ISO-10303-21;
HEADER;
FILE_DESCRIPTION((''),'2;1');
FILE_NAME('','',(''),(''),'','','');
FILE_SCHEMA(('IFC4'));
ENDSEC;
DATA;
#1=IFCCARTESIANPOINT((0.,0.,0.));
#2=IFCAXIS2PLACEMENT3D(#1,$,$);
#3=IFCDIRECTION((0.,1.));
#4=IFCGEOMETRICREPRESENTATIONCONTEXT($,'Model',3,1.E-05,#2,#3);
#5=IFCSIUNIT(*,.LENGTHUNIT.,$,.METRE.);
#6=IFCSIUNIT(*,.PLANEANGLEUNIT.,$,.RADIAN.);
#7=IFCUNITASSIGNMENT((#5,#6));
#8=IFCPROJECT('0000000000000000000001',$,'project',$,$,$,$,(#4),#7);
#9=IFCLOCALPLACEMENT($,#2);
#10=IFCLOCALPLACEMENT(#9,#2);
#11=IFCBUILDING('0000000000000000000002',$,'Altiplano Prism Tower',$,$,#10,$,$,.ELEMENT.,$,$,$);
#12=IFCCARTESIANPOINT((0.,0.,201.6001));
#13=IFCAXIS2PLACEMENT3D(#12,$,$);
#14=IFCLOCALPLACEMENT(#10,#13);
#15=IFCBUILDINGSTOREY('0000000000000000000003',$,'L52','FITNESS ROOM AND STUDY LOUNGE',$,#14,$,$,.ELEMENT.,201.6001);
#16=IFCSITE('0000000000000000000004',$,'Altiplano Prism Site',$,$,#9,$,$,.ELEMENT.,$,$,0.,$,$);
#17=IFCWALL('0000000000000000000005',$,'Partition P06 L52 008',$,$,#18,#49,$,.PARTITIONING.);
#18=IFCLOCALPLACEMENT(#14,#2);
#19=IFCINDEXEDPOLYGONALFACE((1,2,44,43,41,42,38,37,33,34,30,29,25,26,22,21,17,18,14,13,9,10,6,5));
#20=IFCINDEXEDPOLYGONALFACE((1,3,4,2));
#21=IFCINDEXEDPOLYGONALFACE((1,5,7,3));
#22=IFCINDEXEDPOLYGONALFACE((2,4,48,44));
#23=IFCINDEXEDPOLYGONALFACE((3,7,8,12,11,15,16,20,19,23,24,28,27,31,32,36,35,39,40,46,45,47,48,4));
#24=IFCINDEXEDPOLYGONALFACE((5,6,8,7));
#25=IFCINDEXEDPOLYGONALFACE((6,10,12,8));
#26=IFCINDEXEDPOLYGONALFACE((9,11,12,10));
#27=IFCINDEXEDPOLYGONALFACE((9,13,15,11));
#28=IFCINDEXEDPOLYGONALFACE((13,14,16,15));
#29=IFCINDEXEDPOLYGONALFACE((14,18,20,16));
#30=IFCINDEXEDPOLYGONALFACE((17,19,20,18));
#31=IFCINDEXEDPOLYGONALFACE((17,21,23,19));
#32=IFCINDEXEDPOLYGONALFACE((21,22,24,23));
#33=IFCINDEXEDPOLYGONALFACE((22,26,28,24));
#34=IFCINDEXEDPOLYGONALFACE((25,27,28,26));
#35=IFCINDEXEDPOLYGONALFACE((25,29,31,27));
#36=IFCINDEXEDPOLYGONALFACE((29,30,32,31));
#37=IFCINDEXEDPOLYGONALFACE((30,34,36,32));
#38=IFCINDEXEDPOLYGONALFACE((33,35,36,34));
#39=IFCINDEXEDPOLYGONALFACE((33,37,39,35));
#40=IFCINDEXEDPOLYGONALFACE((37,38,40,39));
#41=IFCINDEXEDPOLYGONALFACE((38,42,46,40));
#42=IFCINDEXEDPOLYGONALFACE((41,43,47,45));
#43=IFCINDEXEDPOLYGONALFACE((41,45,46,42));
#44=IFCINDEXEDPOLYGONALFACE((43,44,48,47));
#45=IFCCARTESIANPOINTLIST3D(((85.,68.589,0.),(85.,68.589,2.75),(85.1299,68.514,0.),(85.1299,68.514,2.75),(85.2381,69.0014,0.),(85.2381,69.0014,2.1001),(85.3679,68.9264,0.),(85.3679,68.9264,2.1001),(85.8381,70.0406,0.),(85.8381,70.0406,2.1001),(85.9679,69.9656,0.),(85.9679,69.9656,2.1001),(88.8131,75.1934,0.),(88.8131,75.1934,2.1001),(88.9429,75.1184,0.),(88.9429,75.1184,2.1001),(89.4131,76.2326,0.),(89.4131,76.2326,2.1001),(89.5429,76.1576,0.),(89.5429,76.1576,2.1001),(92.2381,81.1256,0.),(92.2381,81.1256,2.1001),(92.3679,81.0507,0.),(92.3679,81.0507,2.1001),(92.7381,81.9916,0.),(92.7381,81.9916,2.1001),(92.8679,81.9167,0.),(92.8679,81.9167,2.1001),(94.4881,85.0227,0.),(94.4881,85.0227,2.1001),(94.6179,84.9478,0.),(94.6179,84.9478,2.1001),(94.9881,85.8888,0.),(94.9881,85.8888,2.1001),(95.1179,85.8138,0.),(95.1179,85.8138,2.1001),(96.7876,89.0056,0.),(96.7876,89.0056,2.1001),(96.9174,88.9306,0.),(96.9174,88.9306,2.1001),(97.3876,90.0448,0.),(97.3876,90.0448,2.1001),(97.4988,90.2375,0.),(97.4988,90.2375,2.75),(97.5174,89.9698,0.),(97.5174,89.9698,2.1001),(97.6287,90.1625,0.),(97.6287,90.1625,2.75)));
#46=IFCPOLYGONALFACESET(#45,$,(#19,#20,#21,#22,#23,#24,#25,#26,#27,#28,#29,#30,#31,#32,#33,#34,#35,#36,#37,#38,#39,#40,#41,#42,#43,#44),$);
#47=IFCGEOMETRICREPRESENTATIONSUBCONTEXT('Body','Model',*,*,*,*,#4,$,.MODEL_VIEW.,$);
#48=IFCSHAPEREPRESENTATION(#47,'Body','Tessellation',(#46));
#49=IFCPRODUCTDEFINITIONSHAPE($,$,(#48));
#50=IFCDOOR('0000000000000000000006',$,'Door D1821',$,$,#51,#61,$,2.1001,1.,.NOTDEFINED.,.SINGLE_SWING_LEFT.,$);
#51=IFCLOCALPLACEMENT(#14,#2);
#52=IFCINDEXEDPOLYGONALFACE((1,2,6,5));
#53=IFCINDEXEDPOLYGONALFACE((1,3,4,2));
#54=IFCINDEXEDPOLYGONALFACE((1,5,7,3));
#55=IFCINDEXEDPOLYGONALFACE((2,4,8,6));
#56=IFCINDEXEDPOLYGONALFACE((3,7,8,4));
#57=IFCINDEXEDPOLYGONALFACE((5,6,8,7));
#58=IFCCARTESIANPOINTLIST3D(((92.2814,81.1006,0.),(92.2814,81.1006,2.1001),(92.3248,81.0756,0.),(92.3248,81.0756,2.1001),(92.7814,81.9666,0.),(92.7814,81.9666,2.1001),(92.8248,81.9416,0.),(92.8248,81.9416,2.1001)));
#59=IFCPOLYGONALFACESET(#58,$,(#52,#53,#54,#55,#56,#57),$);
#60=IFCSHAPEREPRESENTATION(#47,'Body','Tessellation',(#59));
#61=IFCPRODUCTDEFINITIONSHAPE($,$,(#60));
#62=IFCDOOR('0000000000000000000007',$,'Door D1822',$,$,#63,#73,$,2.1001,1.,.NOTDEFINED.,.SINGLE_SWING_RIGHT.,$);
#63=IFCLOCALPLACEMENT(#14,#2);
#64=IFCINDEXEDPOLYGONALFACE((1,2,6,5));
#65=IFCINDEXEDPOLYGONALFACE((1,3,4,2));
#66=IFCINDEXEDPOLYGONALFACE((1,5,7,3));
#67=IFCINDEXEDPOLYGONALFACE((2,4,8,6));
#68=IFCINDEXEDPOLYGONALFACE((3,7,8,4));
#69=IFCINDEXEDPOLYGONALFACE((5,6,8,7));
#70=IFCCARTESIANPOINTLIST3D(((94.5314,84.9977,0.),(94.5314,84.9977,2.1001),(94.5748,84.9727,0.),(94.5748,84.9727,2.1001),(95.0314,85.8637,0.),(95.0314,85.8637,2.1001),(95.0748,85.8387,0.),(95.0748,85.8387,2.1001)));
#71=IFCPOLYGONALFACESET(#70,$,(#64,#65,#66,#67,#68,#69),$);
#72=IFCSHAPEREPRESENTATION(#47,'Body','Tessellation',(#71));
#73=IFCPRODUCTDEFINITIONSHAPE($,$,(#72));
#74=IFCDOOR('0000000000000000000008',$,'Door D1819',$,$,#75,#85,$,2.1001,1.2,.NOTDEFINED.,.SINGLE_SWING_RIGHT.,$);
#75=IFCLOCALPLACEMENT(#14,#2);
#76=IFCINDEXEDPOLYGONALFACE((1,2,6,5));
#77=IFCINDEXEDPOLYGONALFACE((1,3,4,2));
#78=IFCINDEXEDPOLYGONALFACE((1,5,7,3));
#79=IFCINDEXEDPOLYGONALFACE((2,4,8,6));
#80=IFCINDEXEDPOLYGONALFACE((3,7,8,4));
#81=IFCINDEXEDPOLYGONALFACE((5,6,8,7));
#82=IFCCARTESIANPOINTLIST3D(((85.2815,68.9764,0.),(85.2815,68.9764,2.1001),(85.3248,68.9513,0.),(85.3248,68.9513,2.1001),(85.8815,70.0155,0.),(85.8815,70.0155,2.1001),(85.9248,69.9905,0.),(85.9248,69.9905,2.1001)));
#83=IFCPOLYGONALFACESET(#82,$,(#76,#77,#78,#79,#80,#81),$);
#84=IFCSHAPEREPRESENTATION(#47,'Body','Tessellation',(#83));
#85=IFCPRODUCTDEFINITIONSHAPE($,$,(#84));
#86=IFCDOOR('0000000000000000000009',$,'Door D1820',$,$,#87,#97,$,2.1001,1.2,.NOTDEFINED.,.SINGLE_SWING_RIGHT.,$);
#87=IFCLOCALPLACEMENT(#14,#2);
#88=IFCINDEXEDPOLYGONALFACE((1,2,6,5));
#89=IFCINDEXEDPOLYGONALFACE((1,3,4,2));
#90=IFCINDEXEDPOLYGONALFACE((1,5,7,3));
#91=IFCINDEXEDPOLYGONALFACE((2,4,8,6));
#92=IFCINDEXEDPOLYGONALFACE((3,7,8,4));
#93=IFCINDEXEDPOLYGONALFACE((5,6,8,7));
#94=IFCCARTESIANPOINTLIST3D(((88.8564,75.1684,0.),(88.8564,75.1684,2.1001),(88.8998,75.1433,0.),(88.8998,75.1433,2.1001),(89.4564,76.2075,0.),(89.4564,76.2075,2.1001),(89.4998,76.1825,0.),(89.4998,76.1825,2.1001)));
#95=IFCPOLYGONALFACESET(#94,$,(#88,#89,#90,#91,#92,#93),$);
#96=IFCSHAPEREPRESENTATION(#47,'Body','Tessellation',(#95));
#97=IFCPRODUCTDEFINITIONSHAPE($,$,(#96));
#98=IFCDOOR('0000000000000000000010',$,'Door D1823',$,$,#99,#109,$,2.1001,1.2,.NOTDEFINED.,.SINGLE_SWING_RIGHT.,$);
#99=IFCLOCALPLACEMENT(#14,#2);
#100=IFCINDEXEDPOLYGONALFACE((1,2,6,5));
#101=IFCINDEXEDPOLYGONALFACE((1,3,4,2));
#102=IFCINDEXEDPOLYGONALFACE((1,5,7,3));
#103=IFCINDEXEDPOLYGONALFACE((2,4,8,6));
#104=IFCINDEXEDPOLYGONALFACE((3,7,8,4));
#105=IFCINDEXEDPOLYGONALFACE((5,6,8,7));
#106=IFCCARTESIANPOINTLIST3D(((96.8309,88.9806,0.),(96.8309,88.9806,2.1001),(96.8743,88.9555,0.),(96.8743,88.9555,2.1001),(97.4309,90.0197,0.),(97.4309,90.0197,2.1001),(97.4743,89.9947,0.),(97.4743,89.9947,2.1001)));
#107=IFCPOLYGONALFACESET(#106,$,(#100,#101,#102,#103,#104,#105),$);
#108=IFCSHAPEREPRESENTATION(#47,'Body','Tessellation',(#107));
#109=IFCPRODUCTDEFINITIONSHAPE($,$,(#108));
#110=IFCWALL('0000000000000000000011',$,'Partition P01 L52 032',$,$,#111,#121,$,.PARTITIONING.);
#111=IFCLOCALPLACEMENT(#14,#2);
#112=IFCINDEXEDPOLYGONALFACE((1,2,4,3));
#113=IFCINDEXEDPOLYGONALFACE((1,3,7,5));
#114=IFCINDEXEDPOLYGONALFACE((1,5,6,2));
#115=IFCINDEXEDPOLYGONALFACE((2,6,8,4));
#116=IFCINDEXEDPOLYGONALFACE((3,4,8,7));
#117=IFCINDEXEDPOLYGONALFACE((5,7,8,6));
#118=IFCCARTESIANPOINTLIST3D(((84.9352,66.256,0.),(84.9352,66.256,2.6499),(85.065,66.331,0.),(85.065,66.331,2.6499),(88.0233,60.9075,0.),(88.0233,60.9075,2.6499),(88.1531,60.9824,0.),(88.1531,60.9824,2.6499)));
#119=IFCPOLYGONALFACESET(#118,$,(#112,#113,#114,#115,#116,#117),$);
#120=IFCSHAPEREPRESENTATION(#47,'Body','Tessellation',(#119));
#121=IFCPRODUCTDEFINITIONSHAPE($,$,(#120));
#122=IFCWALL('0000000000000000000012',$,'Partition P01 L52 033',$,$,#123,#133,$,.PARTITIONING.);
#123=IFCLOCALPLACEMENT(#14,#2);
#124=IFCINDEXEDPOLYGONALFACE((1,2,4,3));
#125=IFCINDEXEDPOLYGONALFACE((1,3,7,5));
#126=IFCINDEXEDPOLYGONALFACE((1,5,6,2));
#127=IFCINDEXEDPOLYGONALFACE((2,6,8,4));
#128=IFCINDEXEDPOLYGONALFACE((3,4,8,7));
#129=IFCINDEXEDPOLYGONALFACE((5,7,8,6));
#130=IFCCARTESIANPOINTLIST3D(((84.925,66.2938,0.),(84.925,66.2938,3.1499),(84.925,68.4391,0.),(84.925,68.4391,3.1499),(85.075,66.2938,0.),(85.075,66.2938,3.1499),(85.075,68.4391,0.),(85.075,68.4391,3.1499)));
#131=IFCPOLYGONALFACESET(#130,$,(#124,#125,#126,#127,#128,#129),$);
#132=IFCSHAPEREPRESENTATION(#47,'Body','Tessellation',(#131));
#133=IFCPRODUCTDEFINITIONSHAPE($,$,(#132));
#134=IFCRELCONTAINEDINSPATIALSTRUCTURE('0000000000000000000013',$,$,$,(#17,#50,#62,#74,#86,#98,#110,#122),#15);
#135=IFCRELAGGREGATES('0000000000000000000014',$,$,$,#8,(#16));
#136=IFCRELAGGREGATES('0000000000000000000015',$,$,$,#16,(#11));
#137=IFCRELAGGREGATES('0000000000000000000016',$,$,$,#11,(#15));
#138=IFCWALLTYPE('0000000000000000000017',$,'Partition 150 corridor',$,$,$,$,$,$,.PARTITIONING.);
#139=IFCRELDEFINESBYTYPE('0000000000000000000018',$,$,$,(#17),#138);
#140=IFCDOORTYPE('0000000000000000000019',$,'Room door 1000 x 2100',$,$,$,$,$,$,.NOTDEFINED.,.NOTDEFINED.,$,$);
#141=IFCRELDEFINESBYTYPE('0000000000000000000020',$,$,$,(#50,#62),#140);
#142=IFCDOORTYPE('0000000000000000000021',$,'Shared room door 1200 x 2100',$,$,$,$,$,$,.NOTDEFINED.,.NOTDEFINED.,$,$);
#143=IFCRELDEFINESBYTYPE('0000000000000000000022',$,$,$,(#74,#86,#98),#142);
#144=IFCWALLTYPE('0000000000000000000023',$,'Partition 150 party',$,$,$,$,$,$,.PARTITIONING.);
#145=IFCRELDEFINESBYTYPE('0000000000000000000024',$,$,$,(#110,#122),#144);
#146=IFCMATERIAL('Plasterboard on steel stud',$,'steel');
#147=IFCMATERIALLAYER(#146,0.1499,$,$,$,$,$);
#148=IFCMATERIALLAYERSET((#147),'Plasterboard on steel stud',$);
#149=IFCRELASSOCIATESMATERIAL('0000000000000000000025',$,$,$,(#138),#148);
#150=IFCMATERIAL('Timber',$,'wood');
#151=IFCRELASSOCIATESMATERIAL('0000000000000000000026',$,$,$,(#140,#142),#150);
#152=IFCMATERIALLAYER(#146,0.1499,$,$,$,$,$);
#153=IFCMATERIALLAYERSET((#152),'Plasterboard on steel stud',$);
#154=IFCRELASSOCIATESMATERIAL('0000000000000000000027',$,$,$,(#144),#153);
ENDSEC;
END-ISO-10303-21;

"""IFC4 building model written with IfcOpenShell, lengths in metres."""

from ifc_helpers import new_model, si_unit, direction, frame, frame_2d, origin, place, context, subcontext, project, spatial, rectangle, extrude, material, layer, layer_set, type_object, element, fill, save


model = new_model("IFC4")

# Units and contexts
model_context = context("Model", 3, precision=1e-05, world=origin(), true_north=direction((0.0, 1.0)))
body_context = subcontext(model_context, "Body", "Model", "MODEL_VIEW")
ifc_project = project(units=[si_unit("LENGTHUNIT", "METRE"), si_unit("PLANEANGLEUNIT", "RADIAN")], contexts=[model_context])

# Site, building, storey
site_placement = place(None, origin())
site = spatial("IfcSite", under=ifc_project, at=site_placement, Name="Altiplano Prism Site", CompositionType="ELEMENT", RefElevation=0.0)
building_placement = place(site_placement, origin())
building = spatial("IfcBuilding", under=site, at=building_placement, Name="Altiplano Prism Tower", CompositionType="ELEMENT")
storey_placement = place(building_placement, frame((0.0, 0.0, 201.6001)))
storey = spatial("IfcBuildingStorey", under=building, at=storey_placement, Name="L52", Description="FITNESS ROOM AND STUDY LOUNGE", CompositionType="ELEMENT", Elevation=201.6001)

# Wall, openings, doors
ifc_material_1 = material(Name="Plasterboard on steel stud", Category="steel")
ifc_layer_1 = layer(ifc_material_1, 0.1499)
ifc_layer_set_1 = layer_set([ifc_layer_1], Name="Plasterboard on steel stud")
wall_type_1 = type_object("IfcWallType", Name="Partition 150 corridor", PredefinedType="PARTITIONING", material=ifc_layer_set_1)
wall_1_placement = place(storey_placement, frame((85.0649, 68.5515, 0.0), z_axis=(0.0, 0.0, 1.0), x_axis=(0.500001, 0.866025, 0.0)))
wall_1 = element("IfcWall", 1, at=wall_1_placement, inside=storey, type_object=wall_type_1, Name="Partition P06 L52 008", PredefinedType="PARTITIONING", context=body_context, shape_type="SweptSolid", body=[
    extrude(rectangle(XDim=24.9976, YDim=0.1499, at=frame_2d((12.4988, 0.0))), origin(), (0.0, 0.0, 1.0), 2.75),
])
opening_1_placement = place(wall_1_placement, frame((0.4761, 0.0, 0.0)))
opening_1 = element("IfcOpeningElement", 2, at=opening_1_placement, cuts=wall_1, PredefinedType="OPENING", context=body_context, shape_type="SweptSolid", body=[
    extrude(rectangle(XDim=1.2, YDim=2.1001, at=frame_2d((0.6001, 1.05))), frame((0.0, 0.0854, 0.0), z_axis=(0.0, -1.0, 0.0), x_axis=(1.0, 0.0, 0.0)), (0.0, 0.0, 1.0), 0.1709),
])
opening_2_placement = place(wall_1_placement, frame((7.626, 0.0, 0.0)))
opening_2 = element("IfcOpeningElement", 3, at=opening_2_placement, cuts=wall_1, PredefinedType="OPENING", context=body_context, shape_type="SweptSolid", body=[
    extrude(rectangle(XDim=1.2, YDim=2.1001, at=frame_2d((0.6001, 1.05))), frame((0.0, 0.0854, 0.0), z_axis=(0.0, -1.0, 0.0), x_axis=(1.0, 0.0, 0.0)), (0.0, 0.0, 1.0), 0.1709),
])
opening_3_placement = place(wall_1_placement, frame((14.4761, 0.0, 0.0)))
opening_3 = element("IfcOpeningElement", 4, at=opening_3_placement, cuts=wall_1, PredefinedType="OPENING", context=body_context, shape_type="SweptSolid", body=[
    extrude(rectangle(XDim=1.0, YDim=2.1001, at=frame_2d((0.5, 1.05))), frame((0.0, 0.0854, 0.0), z_axis=(0.0, -1.0, 0.0), x_axis=(1.0, 0.0, 0.0)), (0.0, 0.0, 1.0), 0.1709),
])
opening_4_placement = place(wall_1_placement, frame((18.9761, 0.0, 0.0)))
opening_4 = element("IfcOpeningElement", 5, at=opening_4_placement, cuts=wall_1, PredefinedType="OPENING", context=body_context, shape_type="SweptSolid", body=[
    extrude(rectangle(XDim=1.0, YDim=2.1001, at=frame_2d((0.5, 1.05))), frame((0.0, 0.0854, 0.0), z_axis=(0.0, -1.0, 0.0), x_axis=(1.0, 0.0, 0.0)), (0.0, 0.0, 1.0), 0.1709),
])
opening_5_placement = place(wall_1_placement, frame((23.575, 0.0, 0.0)))
opening_5 = element("IfcOpeningElement", 6, at=opening_5_placement, cuts=wall_1, PredefinedType="OPENING", context=body_context, shape_type="SweptSolid", body=[
    extrude(rectangle(XDim=1.2, YDim=2.1001, at=frame_2d((0.6001, 1.05))), frame((0.0, 0.0854, 0.0), z_axis=(0.0, -1.0, 0.0), x_axis=(1.0, 0.0, 0.0)), (0.0, 0.0, 1.0), 0.1709),
])
ifc_material_2 = material(Name="Timber", Category="wood")
door_type_1 = type_object("IfcDoorType", Name="Room door 1000 x 2100", OperationType="NOTDEFINED", PredefinedType="NOTDEFINED", material=ifc_material_2)
door_1_placement = place(opening_3_placement, origin())
door_1 = element("IfcDoor", 7, at=door_1_placement, inside=storey, type_object=door_type_1, Name="Door D1821", OperationType="SINGLE_SWING_LEFT", OverallHeight=2.1001, OverallWidth=1.0, PredefinedType="NOTDEFINED", context=body_context, shape_type="SweptSolid", body=[
    extrude(rectangle(XDim=1.0, YDim=2.1001, at=frame_2d((0.5, 1.05))), frame((0.0, 0.0249, 0.0), z_axis=(0.0, -1.0, 0.0), x_axis=(1.0, 0.0, 0.0)), (0.0, 0.0, 1.0), 0.05),
])
fill(opening_3, door_1)
door_2_placement = place(opening_4_placement, origin())
door_2 = element("IfcDoor", 8, at=door_2_placement, inside=storey, type_object=door_type_1, Name="Door D1822", OperationType="SINGLE_SWING_RIGHT", OverallHeight=2.1001, OverallWidth=1.0, PredefinedType="NOTDEFINED", context=body_context, shape_type="SweptSolid", body=[
    extrude(rectangle(XDim=1.0, YDim=2.1001, at=frame_2d((0.5, 1.05))), frame((0.0, 0.0249, 0.0), z_axis=(0.0, -1.0, 0.0), x_axis=(1.0, 0.0, 0.0)), (0.0, 0.0, 1.0), 0.05),
])
fill(opening_4, door_2)
door_type_2 = type_object("IfcDoorType", Name="Shared room door 1200 x 2100", OperationType="NOTDEFINED", PredefinedType="NOTDEFINED", material=ifc_material_2)
door_3_placement = place(opening_1_placement, origin())
door_3 = element("IfcDoor", 9, at=door_3_placement, inside=storey, type_object=door_type_2, Name="Door D1819", OperationType="SINGLE_SWING_RIGHT", OverallHeight=2.1001, OverallWidth=1.2, PredefinedType="NOTDEFINED", context=body_context, shape_type="SweptSolid", body=[
    extrude(rectangle(XDim=1.2, YDim=2.1001, at=frame_2d((0.6001, 1.05))), frame((0.0, 0.0249, 0.0), z_axis=(0.0, -1.0, 0.0), x_axis=(1.0, 0.0, 0.0)), (0.0, 0.0, 1.0), 0.05),
])
fill(opening_1, door_3)
door_4_placement = place(opening_2_placement, origin())
door_4 = element("IfcDoor", 10, at=door_4_placement, inside=storey, type_object=door_type_2, Name="Door D1820", OperationType="SINGLE_SWING_RIGHT", OverallHeight=2.1001, OverallWidth=1.2, PredefinedType="NOTDEFINED", context=body_context, shape_type="SweptSolid", body=[
    extrude(rectangle(XDim=1.2, YDim=2.1001, at=frame_2d((0.6001, 1.05))), frame((0.0, 0.0249, 0.0), z_axis=(0.0, -1.0, 0.0), x_axis=(1.0, 0.0, 0.0)), (0.0, 0.0, 1.0), 0.05),
])
fill(opening_2, door_4)
door_5_placement = place(opening_5_placement, origin())
door_5 = element("IfcDoor", 11, at=door_5_placement, inside=storey, type_object=door_type_2, Name="Door D1823", OperationType="SINGLE_SWING_RIGHT", OverallHeight=2.1001, OverallWidth=1.2, PredefinedType="NOTDEFINED", context=body_context, shape_type="SweptSolid", body=[
    extrude(rectangle(XDim=1.2, YDim=2.1001, at=frame_2d((0.6001, 1.05))), frame((0.0, 0.0249, 0.0), z_axis=(0.0, -1.0, 0.0), x_axis=(1.0, 0.0, 0.0)), (0.0, 0.0, 1.0), 0.05),
])
fill(opening_5, door_5)

# Walls
ifc_layer_2 = layer(ifc_material_1, 0.1499)
ifc_layer_set_2 = layer_set([ifc_layer_2], Name="Plasterboard on steel stud")
wall_type_2 = type_object("IfcWallType", Name="Partition 150 party", PredefinedType="PARTITIONING", material=ifc_layer_set_2)
wall_2_placement = place(storey_placement, frame((88.0881, 60.9451, 0.0), z_axis=(0.0, 0.0, 1.0), x_axis=(-0.500012, 0.866018, 0.0)))
element("IfcWall", 12, at=wall_2_placement, inside=storey, type_object=wall_type_2, Name="Partition P01 L52 032", PredefinedType="PARTITIONING", context=body_context, shape_type="SweptSolid", body=[
    extrude(rectangle(XDim=6.176, YDim=0.1499, at=frame_2d((3.0879, 0.0))), origin(), (0.0, 0.0, 1.0), 2.6499),
])
wall_3_placement = place(storey_placement, frame((85.0, 66.2937, 0.0), z_axis=(0.0, 0.0, 1.0), x_axis=(0.0, 1.0, 0.0)))
element("IfcWall", 13, at=wall_3_placement, inside=storey, type_object=wall_type_2, Name="Partition P01 L52 033", PredefinedType="PARTITIONING", context=body_context, shape_type="SweptSolid", body=[
    extrude(rectangle(XDim=2.1453, YDim=0.1499, at=frame_2d((1.0728, 0.0))), origin(), (0.0, 0.0, 1.0), 3.1499),
])

save(model, "model.ifc")
